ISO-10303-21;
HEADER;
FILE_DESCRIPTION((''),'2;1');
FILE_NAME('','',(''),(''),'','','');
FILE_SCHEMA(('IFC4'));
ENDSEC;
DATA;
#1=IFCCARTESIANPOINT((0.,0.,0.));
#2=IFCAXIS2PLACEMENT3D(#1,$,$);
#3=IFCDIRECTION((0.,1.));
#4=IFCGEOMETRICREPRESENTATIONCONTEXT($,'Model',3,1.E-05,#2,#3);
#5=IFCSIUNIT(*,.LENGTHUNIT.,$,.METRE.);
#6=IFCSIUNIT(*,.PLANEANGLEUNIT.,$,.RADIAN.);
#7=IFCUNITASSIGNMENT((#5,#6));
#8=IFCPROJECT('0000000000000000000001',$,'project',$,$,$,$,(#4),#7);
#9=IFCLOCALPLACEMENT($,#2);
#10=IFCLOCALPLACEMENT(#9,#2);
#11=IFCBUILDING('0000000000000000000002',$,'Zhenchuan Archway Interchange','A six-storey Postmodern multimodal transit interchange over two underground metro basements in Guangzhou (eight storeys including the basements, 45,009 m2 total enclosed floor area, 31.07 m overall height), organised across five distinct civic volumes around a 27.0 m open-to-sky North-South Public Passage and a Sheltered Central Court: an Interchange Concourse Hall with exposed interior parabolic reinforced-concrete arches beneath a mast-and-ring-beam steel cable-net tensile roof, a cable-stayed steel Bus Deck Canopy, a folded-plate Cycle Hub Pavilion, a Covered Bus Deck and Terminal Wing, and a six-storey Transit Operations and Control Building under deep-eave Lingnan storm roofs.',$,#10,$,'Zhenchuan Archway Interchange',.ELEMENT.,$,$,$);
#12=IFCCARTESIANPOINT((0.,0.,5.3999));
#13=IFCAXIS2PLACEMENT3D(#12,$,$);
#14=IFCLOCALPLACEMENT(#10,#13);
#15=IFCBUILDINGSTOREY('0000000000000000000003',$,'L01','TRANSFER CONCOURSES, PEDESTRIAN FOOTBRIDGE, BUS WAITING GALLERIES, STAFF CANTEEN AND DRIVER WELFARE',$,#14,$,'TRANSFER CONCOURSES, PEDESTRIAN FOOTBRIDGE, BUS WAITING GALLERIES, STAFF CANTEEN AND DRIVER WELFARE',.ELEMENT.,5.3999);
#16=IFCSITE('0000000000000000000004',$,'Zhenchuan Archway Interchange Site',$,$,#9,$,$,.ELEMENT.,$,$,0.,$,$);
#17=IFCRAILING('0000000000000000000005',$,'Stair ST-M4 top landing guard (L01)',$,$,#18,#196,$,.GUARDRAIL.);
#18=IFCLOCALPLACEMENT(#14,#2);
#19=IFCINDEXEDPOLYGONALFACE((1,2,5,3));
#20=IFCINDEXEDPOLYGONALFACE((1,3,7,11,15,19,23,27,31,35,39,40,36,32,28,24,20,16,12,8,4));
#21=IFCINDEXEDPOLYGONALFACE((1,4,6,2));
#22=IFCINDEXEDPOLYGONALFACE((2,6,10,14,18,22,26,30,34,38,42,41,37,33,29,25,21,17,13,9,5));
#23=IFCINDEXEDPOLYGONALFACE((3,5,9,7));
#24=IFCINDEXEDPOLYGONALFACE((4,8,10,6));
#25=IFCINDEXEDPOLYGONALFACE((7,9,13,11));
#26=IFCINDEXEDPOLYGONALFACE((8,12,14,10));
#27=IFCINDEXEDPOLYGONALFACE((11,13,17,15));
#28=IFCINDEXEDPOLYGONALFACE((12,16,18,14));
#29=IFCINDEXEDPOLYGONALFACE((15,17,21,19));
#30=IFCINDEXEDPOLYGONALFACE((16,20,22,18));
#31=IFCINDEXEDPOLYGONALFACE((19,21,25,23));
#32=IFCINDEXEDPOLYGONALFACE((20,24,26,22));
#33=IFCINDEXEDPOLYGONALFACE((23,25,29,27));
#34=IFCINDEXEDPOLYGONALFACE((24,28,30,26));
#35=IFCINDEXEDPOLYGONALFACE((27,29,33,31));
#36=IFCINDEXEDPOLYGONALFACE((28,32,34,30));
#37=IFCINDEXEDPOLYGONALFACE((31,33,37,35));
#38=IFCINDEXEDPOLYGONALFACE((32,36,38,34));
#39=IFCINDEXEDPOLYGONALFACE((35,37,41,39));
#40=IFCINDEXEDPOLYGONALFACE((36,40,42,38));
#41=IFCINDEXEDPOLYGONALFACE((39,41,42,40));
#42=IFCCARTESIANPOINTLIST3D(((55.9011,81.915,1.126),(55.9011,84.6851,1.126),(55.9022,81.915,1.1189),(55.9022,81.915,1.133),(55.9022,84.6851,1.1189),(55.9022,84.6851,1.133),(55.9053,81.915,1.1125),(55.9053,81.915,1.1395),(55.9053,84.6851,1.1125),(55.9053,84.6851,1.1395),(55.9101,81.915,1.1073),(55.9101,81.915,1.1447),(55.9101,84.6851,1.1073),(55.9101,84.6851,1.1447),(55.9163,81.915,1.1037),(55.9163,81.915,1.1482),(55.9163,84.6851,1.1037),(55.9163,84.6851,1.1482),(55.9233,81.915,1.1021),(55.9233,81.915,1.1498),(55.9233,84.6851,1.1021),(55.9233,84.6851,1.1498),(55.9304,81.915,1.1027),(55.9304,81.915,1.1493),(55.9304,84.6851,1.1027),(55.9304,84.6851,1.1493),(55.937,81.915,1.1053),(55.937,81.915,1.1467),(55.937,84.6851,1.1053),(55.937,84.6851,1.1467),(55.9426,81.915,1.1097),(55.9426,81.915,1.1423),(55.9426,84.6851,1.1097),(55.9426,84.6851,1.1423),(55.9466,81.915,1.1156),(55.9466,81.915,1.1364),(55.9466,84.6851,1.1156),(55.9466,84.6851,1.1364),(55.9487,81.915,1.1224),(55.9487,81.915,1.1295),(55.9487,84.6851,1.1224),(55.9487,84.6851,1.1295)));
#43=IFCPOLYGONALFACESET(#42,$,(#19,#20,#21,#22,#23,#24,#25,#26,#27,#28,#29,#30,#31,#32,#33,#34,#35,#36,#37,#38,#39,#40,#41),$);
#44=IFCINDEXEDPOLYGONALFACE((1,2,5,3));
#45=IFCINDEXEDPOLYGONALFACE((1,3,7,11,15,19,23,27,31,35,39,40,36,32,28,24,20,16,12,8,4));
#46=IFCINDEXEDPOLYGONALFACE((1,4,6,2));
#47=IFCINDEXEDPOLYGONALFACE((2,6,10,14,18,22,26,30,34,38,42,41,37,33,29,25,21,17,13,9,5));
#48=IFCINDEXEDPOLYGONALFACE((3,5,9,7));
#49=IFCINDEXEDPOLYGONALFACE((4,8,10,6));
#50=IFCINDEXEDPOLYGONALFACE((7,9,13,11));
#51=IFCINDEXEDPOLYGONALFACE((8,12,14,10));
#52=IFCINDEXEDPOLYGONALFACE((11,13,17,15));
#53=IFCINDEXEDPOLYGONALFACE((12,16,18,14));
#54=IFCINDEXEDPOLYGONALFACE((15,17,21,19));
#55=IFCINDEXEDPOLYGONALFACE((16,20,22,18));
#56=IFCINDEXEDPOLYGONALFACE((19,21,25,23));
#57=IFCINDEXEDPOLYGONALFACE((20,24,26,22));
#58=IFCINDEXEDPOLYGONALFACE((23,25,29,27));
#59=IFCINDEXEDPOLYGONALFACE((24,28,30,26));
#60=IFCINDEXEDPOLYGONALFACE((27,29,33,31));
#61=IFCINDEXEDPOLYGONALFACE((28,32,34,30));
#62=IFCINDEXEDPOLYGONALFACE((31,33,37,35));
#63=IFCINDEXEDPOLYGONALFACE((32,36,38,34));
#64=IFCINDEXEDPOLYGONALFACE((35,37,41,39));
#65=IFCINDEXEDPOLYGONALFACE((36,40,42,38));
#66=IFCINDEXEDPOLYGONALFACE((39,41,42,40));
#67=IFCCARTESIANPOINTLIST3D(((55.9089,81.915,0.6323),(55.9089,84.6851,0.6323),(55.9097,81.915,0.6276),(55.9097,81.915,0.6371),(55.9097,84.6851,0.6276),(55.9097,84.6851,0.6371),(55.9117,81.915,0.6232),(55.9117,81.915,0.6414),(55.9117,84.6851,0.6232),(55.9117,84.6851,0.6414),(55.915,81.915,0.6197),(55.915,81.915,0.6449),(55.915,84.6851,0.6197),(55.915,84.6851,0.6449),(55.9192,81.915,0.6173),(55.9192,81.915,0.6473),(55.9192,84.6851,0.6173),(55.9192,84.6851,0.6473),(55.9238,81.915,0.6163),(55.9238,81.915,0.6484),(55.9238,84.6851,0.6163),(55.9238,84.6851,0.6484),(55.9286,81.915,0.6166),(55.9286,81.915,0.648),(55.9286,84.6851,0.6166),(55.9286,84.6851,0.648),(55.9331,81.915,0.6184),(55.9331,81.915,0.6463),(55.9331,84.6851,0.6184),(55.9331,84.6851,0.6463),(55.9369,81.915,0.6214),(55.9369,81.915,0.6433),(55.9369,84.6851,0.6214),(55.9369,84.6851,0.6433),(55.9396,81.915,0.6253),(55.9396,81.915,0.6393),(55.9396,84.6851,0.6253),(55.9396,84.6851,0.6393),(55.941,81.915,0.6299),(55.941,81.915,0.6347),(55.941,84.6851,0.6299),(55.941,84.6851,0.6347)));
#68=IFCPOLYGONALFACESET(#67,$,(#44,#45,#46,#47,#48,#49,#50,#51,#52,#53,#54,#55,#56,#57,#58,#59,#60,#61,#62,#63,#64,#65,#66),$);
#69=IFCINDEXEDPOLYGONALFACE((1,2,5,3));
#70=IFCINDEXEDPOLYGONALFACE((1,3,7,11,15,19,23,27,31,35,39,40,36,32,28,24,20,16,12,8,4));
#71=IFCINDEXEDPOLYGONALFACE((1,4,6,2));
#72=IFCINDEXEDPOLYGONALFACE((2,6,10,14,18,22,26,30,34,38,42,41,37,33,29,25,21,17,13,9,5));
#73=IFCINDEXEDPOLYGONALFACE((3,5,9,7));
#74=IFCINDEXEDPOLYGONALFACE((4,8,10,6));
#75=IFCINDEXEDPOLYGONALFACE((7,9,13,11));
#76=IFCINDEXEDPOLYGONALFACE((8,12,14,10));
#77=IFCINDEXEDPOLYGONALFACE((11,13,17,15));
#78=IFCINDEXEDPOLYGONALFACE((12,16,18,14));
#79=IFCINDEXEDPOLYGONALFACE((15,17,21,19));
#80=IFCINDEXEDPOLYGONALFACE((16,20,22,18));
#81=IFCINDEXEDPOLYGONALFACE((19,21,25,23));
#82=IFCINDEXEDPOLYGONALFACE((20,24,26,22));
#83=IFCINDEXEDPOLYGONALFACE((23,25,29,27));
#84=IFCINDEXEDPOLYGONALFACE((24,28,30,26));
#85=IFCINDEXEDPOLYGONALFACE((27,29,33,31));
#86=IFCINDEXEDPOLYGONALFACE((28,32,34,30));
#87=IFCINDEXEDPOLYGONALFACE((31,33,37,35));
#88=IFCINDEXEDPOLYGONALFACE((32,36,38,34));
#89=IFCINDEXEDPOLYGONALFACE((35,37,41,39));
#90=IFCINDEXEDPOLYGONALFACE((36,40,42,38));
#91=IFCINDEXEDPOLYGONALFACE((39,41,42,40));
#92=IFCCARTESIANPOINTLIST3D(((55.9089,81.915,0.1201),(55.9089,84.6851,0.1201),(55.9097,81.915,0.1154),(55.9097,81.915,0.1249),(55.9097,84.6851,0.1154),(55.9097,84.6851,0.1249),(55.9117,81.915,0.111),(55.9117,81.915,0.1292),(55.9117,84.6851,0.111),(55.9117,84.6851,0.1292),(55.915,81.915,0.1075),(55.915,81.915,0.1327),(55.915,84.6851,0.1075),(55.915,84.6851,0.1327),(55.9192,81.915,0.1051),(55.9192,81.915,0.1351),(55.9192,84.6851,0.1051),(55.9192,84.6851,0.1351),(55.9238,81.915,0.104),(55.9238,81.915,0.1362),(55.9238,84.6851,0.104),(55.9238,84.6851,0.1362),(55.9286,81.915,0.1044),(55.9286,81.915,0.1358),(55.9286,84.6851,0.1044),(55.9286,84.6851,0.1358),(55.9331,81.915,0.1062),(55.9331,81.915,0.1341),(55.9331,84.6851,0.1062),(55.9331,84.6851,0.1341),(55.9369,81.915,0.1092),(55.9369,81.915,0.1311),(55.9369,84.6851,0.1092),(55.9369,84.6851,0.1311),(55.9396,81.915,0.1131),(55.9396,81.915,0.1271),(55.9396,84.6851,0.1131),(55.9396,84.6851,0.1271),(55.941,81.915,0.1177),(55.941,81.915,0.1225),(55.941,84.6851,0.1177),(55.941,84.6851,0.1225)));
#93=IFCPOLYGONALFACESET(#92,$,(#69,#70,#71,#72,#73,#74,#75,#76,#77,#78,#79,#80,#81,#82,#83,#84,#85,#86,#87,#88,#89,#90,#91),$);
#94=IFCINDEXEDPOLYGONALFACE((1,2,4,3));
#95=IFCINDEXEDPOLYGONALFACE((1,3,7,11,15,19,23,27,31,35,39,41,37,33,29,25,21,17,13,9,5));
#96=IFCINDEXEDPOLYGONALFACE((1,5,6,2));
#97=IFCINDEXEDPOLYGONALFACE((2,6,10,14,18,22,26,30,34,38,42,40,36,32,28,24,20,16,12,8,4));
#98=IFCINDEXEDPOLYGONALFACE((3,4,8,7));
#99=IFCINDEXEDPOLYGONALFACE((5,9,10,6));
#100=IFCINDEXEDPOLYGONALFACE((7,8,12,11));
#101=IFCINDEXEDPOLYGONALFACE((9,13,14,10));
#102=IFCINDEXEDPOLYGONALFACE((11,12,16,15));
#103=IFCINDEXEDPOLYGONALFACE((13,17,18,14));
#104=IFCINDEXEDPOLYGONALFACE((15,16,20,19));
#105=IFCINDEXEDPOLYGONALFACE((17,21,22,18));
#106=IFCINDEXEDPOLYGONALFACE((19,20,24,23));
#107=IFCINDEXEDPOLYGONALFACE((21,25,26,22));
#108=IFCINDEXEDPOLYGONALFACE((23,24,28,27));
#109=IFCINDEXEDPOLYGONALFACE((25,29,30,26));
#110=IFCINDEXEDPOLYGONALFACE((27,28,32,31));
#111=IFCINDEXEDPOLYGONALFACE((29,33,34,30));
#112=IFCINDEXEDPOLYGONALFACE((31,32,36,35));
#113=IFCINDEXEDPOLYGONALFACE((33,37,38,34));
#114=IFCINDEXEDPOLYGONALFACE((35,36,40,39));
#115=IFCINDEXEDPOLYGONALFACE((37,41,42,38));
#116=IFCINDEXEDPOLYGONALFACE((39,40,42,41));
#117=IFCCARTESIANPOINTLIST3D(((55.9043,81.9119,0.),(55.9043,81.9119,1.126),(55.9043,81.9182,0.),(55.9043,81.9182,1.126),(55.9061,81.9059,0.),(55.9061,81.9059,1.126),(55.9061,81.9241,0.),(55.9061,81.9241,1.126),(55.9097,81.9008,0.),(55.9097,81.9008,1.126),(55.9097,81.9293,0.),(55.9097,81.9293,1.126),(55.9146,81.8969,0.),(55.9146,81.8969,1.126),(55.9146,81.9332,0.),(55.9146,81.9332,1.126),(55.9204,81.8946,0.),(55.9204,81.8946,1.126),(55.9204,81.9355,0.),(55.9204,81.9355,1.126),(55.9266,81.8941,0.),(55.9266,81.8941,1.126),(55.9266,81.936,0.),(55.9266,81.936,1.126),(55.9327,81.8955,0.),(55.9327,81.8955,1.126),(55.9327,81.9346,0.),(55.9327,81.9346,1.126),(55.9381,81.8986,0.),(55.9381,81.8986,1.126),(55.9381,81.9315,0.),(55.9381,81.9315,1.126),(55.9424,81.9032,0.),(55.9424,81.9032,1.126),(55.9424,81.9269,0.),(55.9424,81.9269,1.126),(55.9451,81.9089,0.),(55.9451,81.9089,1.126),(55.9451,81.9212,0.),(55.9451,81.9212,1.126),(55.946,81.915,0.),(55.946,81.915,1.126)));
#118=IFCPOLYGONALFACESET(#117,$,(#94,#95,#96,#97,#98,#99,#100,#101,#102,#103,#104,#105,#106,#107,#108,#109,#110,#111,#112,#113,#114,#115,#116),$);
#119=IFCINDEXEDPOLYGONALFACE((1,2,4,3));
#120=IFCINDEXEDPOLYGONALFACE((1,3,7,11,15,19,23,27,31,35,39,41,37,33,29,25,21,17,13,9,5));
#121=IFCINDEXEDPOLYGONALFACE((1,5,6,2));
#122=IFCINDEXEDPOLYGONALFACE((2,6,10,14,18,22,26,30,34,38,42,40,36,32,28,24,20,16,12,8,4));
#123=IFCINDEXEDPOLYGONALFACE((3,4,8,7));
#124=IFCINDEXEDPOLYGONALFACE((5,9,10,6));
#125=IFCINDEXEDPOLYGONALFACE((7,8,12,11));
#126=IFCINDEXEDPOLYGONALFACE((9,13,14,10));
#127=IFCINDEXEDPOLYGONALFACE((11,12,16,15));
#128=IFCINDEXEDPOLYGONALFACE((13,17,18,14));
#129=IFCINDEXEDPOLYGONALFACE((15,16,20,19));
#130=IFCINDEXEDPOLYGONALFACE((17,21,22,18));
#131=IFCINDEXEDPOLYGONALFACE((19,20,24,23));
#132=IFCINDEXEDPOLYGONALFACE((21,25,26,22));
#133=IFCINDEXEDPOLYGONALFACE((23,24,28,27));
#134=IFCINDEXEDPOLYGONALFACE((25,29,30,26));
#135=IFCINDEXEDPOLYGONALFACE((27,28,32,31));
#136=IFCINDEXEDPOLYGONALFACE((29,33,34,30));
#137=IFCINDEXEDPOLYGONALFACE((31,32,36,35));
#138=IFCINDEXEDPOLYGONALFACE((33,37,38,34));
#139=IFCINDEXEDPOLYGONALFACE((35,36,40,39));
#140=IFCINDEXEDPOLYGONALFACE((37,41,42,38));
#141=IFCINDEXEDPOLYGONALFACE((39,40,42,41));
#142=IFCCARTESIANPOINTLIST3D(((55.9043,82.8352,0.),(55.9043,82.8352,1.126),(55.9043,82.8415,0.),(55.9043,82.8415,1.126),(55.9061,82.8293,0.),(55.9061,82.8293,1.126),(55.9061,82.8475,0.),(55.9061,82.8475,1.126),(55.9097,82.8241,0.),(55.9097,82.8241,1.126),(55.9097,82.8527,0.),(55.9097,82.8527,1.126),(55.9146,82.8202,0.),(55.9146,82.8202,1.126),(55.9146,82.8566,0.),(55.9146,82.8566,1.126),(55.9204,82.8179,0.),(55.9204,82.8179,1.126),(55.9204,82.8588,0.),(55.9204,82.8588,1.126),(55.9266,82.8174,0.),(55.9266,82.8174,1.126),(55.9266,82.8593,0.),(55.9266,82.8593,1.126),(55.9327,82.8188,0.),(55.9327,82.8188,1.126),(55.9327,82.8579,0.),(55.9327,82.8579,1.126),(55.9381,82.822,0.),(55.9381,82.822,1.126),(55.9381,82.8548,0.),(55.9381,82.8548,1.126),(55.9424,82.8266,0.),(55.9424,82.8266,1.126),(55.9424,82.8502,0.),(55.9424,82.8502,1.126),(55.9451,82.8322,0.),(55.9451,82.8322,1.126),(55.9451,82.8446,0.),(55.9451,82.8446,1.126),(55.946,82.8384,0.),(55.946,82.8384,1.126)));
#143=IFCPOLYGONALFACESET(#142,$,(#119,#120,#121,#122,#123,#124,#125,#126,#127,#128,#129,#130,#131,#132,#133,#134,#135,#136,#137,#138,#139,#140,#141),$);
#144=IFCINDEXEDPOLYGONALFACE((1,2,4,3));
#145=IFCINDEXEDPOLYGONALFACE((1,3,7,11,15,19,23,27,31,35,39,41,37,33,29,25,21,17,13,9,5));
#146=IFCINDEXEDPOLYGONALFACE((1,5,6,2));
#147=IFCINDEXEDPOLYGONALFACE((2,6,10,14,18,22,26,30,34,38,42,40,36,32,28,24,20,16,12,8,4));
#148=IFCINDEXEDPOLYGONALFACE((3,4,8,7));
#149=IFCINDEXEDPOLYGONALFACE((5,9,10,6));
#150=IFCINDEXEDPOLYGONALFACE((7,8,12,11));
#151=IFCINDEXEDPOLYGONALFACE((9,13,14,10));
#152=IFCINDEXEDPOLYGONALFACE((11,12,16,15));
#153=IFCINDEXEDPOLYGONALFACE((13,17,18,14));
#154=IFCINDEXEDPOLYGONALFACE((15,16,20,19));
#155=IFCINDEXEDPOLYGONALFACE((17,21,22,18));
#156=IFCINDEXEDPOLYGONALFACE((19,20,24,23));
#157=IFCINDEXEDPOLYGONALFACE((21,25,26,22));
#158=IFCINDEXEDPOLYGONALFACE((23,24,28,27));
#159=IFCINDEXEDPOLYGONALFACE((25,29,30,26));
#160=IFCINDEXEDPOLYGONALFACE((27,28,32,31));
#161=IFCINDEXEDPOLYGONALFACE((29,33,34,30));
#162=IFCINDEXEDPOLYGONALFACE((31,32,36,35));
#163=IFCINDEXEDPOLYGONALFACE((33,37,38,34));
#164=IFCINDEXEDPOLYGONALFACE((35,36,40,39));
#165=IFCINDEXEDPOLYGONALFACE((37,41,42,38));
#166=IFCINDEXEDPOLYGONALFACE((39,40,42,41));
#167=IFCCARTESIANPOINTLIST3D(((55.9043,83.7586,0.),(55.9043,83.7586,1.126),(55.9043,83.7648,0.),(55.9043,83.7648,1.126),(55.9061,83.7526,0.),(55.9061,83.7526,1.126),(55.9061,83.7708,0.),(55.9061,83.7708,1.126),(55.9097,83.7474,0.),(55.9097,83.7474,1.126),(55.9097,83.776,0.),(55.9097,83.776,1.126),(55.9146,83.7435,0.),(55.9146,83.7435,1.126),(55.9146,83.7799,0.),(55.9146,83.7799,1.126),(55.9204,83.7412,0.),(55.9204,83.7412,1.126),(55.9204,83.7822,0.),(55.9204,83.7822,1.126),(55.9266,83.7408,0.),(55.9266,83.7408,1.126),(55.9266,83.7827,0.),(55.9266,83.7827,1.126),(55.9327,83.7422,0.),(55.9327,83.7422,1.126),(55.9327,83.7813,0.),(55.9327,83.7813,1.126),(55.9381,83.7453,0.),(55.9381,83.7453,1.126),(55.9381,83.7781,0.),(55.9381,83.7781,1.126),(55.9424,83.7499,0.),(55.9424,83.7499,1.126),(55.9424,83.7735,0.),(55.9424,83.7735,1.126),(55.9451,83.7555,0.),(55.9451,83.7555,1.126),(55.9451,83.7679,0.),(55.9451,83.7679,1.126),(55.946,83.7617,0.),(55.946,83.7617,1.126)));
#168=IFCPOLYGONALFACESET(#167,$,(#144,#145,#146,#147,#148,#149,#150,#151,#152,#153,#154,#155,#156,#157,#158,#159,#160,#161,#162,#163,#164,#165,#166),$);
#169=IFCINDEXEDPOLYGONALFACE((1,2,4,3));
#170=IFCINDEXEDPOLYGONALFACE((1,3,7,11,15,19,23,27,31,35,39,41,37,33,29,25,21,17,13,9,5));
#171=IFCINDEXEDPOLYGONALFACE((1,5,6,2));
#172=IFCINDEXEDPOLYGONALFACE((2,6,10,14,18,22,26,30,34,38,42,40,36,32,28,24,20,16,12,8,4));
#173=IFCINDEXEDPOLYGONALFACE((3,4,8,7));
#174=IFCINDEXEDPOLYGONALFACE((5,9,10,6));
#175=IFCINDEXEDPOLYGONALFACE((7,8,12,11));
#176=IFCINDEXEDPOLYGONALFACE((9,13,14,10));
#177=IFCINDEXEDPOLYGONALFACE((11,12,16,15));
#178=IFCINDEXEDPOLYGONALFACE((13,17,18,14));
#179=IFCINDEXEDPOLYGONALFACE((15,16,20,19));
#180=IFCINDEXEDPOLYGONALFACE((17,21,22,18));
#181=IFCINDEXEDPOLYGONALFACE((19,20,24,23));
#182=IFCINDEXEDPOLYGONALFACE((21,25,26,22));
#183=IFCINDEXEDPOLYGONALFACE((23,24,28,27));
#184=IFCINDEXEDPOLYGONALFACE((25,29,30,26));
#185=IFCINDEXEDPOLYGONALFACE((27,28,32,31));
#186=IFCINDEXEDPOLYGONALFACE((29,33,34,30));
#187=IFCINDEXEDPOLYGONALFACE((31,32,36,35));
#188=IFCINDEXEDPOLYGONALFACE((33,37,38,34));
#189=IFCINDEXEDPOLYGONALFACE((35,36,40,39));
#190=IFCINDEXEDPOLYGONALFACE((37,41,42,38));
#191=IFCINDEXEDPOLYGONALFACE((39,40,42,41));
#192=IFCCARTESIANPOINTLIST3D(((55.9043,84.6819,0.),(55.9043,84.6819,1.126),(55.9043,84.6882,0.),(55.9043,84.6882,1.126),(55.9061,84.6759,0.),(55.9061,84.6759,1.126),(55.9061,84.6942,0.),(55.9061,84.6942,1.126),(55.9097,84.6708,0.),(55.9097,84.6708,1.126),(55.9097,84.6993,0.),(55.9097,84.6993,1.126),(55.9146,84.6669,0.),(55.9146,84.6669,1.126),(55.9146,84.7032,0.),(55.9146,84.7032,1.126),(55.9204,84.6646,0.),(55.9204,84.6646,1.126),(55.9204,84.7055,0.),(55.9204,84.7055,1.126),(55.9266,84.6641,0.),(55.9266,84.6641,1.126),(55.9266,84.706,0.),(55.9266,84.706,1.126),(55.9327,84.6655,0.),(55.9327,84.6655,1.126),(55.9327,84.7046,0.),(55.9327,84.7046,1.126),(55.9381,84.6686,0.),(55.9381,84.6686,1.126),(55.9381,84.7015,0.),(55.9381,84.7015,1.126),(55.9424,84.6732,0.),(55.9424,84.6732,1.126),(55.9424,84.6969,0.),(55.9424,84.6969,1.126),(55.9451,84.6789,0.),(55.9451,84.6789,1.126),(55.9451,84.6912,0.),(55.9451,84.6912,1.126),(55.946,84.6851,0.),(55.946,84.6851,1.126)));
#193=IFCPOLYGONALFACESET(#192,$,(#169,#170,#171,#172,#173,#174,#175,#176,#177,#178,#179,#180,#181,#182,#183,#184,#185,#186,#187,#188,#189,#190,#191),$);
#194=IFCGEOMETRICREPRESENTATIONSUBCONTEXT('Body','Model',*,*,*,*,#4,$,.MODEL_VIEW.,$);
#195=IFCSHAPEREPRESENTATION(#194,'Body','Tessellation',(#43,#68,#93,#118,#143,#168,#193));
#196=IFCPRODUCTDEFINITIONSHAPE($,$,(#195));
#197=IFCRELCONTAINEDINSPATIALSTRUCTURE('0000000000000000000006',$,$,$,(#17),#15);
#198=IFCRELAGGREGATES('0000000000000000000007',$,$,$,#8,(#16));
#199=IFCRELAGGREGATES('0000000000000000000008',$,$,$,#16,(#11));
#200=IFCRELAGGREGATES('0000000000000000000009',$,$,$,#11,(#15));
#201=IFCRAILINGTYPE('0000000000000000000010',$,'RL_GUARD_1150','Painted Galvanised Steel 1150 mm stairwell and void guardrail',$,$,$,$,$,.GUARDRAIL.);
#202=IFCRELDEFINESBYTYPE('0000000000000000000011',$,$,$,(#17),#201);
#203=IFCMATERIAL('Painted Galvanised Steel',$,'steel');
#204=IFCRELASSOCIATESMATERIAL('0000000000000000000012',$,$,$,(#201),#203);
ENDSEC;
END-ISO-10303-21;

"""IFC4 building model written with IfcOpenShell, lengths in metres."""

from ifc_helpers import new_model, si_unit, direction, frame, origin, origin_2d, place, context, subcontext, project, spatial, circle, extrude, material, type_object, element, save


model = new_model("IFC4")

# Units and contexts
model_context = context("Model", 3, precision=1e-05, world=origin(), true_north=direction((0.0, 1.0)))
body_context = subcontext(model_context, "Body", "Model", "MODEL_VIEW")
ifc_project = project(units=[si_unit("LENGTHUNIT", "METRE"), si_unit("PLANEANGLEUNIT", "RADIAN")], contexts=[model_context])

# Site, building, storey
site_placement = place(None, origin())
site = spatial("IfcSite", under=ifc_project, at=site_placement, Name="Zhenchuan Archway Interchange Site", CompositionType="ELEMENT", RefElevation=0.0)
building_placement = place(site_placement, origin())
building = spatial("IfcBuilding", under=site, at=building_placement, Name="Zhenchuan Archway Interchange", Description="A six-storey Postmodern multimodal transit interchange over two underground metro basements in Guangzhou (eight storeys including the basements, 45,009 m2 total enclosed floor area, 31.07 m overall height), organised across five distinct civic volumes around a 27.0 m open-to-sky North-South Public Passage and a Sheltered Central Court: an Interchange Concourse Hall with exposed interior parabolic reinforced-concrete arches beneath a mast-and-ring-beam steel cable-net tensile roof, a cable-stayed steel Bus Deck Canopy, a folded-plate Cycle Hub Pavilion, a Covered Bus Deck and Terminal Wing, and a six-storey Transit Operations and Control Building under deep-eave Lingnan storm roofs.", LongName="Zhenchuan Archway Interchange", CompositionType="ELEMENT")
storey_placement = place(building_placement, frame((0.0, 0.0, 5.3999)))
storey = spatial("IfcBuildingStorey", under=building, at=storey_placement, Name="L01", Description="TRANSFER CONCOURSES, PEDESTRIAN FOOTBRIDGE, BUS WAITING GALLERIES, STAFF CANTEEN AND DRIVER WELFARE", LongName="TRANSFER CONCOURSES, PEDESTRIAN FOOTBRIDGE, BUS WAITING GALLERIES, STAFF CANTEEN AND DRIVER WELFARE", CompositionType="ELEMENT", Elevation=5.3999)

# Railing
ifc_material_1 = material(Name="Painted Galvanised Steel", Category="steel")
railing_type_1 = type_object("IfcRailingType", Name="RL_GUARD_1150", Description="Painted Galvanised Steel 1150 mm stairwell and void guardrail", PredefinedType="GUARDRAIL", material=ifc_material_1)
railing_1_placement = place(storey_placement, frame((55.925, 81.915, 0.0)))
element("IfcRailing", 1, at=railing_1_placement, inside=storey, type_object=railing_type_1, Name="Stair ST-M4 top landing guard (L01)", PredefinedType="GUARDRAIL", context=body_context, shape_type="SweptSolid", body=[
    extrude(circle(Radius=0.0239, at=origin_2d()), frame((0.0, 0.0, 1.126), z_axis=(0.0, 1.0, 0.0), x_axis=(-1.0, 0.0, 0.0)), (0.0, 0.0, 1.0), 2.77),
    extrude(circle(Radius=0.0161, at=origin_2d()), frame((0.0, 0.0, 0.6323), z_axis=(0.0, 1.0, 0.0), x_axis=(-1.0, 0.0, 0.0)), (0.0, 0.0, 1.0), 2.77),
    extrude(circle(Radius=0.0161, at=origin_2d()), frame((0.0, 0.0, 0.1201), z_axis=(0.0, 1.0, 0.0), x_axis=(-1.0, 0.0, 0.0)), (0.0, 0.0, 1.0), 2.77),
    extrude(circle(Radius=0.021, at=origin_2d()), origin(), (0.0, 0.0, 1.0), 1.126),
    extrude(circle(Radius=0.021, at=origin_2d()), frame((0.0, 0.9233, 0.0)), (0.0, 0.0, 1.0), 1.126),
    extrude(circle(Radius=0.021, at=origin_2d()), frame((0.0, 1.8467, 0.0)), (0.0, 0.0, 1.0), 1.126),
    extrude(circle(Radius=0.021, at=origin_2d()), frame((0.0, 2.77, 0.0)), (0.0, 0.0, 1.0), 1.126),
])

save(model, "model.ifc")
